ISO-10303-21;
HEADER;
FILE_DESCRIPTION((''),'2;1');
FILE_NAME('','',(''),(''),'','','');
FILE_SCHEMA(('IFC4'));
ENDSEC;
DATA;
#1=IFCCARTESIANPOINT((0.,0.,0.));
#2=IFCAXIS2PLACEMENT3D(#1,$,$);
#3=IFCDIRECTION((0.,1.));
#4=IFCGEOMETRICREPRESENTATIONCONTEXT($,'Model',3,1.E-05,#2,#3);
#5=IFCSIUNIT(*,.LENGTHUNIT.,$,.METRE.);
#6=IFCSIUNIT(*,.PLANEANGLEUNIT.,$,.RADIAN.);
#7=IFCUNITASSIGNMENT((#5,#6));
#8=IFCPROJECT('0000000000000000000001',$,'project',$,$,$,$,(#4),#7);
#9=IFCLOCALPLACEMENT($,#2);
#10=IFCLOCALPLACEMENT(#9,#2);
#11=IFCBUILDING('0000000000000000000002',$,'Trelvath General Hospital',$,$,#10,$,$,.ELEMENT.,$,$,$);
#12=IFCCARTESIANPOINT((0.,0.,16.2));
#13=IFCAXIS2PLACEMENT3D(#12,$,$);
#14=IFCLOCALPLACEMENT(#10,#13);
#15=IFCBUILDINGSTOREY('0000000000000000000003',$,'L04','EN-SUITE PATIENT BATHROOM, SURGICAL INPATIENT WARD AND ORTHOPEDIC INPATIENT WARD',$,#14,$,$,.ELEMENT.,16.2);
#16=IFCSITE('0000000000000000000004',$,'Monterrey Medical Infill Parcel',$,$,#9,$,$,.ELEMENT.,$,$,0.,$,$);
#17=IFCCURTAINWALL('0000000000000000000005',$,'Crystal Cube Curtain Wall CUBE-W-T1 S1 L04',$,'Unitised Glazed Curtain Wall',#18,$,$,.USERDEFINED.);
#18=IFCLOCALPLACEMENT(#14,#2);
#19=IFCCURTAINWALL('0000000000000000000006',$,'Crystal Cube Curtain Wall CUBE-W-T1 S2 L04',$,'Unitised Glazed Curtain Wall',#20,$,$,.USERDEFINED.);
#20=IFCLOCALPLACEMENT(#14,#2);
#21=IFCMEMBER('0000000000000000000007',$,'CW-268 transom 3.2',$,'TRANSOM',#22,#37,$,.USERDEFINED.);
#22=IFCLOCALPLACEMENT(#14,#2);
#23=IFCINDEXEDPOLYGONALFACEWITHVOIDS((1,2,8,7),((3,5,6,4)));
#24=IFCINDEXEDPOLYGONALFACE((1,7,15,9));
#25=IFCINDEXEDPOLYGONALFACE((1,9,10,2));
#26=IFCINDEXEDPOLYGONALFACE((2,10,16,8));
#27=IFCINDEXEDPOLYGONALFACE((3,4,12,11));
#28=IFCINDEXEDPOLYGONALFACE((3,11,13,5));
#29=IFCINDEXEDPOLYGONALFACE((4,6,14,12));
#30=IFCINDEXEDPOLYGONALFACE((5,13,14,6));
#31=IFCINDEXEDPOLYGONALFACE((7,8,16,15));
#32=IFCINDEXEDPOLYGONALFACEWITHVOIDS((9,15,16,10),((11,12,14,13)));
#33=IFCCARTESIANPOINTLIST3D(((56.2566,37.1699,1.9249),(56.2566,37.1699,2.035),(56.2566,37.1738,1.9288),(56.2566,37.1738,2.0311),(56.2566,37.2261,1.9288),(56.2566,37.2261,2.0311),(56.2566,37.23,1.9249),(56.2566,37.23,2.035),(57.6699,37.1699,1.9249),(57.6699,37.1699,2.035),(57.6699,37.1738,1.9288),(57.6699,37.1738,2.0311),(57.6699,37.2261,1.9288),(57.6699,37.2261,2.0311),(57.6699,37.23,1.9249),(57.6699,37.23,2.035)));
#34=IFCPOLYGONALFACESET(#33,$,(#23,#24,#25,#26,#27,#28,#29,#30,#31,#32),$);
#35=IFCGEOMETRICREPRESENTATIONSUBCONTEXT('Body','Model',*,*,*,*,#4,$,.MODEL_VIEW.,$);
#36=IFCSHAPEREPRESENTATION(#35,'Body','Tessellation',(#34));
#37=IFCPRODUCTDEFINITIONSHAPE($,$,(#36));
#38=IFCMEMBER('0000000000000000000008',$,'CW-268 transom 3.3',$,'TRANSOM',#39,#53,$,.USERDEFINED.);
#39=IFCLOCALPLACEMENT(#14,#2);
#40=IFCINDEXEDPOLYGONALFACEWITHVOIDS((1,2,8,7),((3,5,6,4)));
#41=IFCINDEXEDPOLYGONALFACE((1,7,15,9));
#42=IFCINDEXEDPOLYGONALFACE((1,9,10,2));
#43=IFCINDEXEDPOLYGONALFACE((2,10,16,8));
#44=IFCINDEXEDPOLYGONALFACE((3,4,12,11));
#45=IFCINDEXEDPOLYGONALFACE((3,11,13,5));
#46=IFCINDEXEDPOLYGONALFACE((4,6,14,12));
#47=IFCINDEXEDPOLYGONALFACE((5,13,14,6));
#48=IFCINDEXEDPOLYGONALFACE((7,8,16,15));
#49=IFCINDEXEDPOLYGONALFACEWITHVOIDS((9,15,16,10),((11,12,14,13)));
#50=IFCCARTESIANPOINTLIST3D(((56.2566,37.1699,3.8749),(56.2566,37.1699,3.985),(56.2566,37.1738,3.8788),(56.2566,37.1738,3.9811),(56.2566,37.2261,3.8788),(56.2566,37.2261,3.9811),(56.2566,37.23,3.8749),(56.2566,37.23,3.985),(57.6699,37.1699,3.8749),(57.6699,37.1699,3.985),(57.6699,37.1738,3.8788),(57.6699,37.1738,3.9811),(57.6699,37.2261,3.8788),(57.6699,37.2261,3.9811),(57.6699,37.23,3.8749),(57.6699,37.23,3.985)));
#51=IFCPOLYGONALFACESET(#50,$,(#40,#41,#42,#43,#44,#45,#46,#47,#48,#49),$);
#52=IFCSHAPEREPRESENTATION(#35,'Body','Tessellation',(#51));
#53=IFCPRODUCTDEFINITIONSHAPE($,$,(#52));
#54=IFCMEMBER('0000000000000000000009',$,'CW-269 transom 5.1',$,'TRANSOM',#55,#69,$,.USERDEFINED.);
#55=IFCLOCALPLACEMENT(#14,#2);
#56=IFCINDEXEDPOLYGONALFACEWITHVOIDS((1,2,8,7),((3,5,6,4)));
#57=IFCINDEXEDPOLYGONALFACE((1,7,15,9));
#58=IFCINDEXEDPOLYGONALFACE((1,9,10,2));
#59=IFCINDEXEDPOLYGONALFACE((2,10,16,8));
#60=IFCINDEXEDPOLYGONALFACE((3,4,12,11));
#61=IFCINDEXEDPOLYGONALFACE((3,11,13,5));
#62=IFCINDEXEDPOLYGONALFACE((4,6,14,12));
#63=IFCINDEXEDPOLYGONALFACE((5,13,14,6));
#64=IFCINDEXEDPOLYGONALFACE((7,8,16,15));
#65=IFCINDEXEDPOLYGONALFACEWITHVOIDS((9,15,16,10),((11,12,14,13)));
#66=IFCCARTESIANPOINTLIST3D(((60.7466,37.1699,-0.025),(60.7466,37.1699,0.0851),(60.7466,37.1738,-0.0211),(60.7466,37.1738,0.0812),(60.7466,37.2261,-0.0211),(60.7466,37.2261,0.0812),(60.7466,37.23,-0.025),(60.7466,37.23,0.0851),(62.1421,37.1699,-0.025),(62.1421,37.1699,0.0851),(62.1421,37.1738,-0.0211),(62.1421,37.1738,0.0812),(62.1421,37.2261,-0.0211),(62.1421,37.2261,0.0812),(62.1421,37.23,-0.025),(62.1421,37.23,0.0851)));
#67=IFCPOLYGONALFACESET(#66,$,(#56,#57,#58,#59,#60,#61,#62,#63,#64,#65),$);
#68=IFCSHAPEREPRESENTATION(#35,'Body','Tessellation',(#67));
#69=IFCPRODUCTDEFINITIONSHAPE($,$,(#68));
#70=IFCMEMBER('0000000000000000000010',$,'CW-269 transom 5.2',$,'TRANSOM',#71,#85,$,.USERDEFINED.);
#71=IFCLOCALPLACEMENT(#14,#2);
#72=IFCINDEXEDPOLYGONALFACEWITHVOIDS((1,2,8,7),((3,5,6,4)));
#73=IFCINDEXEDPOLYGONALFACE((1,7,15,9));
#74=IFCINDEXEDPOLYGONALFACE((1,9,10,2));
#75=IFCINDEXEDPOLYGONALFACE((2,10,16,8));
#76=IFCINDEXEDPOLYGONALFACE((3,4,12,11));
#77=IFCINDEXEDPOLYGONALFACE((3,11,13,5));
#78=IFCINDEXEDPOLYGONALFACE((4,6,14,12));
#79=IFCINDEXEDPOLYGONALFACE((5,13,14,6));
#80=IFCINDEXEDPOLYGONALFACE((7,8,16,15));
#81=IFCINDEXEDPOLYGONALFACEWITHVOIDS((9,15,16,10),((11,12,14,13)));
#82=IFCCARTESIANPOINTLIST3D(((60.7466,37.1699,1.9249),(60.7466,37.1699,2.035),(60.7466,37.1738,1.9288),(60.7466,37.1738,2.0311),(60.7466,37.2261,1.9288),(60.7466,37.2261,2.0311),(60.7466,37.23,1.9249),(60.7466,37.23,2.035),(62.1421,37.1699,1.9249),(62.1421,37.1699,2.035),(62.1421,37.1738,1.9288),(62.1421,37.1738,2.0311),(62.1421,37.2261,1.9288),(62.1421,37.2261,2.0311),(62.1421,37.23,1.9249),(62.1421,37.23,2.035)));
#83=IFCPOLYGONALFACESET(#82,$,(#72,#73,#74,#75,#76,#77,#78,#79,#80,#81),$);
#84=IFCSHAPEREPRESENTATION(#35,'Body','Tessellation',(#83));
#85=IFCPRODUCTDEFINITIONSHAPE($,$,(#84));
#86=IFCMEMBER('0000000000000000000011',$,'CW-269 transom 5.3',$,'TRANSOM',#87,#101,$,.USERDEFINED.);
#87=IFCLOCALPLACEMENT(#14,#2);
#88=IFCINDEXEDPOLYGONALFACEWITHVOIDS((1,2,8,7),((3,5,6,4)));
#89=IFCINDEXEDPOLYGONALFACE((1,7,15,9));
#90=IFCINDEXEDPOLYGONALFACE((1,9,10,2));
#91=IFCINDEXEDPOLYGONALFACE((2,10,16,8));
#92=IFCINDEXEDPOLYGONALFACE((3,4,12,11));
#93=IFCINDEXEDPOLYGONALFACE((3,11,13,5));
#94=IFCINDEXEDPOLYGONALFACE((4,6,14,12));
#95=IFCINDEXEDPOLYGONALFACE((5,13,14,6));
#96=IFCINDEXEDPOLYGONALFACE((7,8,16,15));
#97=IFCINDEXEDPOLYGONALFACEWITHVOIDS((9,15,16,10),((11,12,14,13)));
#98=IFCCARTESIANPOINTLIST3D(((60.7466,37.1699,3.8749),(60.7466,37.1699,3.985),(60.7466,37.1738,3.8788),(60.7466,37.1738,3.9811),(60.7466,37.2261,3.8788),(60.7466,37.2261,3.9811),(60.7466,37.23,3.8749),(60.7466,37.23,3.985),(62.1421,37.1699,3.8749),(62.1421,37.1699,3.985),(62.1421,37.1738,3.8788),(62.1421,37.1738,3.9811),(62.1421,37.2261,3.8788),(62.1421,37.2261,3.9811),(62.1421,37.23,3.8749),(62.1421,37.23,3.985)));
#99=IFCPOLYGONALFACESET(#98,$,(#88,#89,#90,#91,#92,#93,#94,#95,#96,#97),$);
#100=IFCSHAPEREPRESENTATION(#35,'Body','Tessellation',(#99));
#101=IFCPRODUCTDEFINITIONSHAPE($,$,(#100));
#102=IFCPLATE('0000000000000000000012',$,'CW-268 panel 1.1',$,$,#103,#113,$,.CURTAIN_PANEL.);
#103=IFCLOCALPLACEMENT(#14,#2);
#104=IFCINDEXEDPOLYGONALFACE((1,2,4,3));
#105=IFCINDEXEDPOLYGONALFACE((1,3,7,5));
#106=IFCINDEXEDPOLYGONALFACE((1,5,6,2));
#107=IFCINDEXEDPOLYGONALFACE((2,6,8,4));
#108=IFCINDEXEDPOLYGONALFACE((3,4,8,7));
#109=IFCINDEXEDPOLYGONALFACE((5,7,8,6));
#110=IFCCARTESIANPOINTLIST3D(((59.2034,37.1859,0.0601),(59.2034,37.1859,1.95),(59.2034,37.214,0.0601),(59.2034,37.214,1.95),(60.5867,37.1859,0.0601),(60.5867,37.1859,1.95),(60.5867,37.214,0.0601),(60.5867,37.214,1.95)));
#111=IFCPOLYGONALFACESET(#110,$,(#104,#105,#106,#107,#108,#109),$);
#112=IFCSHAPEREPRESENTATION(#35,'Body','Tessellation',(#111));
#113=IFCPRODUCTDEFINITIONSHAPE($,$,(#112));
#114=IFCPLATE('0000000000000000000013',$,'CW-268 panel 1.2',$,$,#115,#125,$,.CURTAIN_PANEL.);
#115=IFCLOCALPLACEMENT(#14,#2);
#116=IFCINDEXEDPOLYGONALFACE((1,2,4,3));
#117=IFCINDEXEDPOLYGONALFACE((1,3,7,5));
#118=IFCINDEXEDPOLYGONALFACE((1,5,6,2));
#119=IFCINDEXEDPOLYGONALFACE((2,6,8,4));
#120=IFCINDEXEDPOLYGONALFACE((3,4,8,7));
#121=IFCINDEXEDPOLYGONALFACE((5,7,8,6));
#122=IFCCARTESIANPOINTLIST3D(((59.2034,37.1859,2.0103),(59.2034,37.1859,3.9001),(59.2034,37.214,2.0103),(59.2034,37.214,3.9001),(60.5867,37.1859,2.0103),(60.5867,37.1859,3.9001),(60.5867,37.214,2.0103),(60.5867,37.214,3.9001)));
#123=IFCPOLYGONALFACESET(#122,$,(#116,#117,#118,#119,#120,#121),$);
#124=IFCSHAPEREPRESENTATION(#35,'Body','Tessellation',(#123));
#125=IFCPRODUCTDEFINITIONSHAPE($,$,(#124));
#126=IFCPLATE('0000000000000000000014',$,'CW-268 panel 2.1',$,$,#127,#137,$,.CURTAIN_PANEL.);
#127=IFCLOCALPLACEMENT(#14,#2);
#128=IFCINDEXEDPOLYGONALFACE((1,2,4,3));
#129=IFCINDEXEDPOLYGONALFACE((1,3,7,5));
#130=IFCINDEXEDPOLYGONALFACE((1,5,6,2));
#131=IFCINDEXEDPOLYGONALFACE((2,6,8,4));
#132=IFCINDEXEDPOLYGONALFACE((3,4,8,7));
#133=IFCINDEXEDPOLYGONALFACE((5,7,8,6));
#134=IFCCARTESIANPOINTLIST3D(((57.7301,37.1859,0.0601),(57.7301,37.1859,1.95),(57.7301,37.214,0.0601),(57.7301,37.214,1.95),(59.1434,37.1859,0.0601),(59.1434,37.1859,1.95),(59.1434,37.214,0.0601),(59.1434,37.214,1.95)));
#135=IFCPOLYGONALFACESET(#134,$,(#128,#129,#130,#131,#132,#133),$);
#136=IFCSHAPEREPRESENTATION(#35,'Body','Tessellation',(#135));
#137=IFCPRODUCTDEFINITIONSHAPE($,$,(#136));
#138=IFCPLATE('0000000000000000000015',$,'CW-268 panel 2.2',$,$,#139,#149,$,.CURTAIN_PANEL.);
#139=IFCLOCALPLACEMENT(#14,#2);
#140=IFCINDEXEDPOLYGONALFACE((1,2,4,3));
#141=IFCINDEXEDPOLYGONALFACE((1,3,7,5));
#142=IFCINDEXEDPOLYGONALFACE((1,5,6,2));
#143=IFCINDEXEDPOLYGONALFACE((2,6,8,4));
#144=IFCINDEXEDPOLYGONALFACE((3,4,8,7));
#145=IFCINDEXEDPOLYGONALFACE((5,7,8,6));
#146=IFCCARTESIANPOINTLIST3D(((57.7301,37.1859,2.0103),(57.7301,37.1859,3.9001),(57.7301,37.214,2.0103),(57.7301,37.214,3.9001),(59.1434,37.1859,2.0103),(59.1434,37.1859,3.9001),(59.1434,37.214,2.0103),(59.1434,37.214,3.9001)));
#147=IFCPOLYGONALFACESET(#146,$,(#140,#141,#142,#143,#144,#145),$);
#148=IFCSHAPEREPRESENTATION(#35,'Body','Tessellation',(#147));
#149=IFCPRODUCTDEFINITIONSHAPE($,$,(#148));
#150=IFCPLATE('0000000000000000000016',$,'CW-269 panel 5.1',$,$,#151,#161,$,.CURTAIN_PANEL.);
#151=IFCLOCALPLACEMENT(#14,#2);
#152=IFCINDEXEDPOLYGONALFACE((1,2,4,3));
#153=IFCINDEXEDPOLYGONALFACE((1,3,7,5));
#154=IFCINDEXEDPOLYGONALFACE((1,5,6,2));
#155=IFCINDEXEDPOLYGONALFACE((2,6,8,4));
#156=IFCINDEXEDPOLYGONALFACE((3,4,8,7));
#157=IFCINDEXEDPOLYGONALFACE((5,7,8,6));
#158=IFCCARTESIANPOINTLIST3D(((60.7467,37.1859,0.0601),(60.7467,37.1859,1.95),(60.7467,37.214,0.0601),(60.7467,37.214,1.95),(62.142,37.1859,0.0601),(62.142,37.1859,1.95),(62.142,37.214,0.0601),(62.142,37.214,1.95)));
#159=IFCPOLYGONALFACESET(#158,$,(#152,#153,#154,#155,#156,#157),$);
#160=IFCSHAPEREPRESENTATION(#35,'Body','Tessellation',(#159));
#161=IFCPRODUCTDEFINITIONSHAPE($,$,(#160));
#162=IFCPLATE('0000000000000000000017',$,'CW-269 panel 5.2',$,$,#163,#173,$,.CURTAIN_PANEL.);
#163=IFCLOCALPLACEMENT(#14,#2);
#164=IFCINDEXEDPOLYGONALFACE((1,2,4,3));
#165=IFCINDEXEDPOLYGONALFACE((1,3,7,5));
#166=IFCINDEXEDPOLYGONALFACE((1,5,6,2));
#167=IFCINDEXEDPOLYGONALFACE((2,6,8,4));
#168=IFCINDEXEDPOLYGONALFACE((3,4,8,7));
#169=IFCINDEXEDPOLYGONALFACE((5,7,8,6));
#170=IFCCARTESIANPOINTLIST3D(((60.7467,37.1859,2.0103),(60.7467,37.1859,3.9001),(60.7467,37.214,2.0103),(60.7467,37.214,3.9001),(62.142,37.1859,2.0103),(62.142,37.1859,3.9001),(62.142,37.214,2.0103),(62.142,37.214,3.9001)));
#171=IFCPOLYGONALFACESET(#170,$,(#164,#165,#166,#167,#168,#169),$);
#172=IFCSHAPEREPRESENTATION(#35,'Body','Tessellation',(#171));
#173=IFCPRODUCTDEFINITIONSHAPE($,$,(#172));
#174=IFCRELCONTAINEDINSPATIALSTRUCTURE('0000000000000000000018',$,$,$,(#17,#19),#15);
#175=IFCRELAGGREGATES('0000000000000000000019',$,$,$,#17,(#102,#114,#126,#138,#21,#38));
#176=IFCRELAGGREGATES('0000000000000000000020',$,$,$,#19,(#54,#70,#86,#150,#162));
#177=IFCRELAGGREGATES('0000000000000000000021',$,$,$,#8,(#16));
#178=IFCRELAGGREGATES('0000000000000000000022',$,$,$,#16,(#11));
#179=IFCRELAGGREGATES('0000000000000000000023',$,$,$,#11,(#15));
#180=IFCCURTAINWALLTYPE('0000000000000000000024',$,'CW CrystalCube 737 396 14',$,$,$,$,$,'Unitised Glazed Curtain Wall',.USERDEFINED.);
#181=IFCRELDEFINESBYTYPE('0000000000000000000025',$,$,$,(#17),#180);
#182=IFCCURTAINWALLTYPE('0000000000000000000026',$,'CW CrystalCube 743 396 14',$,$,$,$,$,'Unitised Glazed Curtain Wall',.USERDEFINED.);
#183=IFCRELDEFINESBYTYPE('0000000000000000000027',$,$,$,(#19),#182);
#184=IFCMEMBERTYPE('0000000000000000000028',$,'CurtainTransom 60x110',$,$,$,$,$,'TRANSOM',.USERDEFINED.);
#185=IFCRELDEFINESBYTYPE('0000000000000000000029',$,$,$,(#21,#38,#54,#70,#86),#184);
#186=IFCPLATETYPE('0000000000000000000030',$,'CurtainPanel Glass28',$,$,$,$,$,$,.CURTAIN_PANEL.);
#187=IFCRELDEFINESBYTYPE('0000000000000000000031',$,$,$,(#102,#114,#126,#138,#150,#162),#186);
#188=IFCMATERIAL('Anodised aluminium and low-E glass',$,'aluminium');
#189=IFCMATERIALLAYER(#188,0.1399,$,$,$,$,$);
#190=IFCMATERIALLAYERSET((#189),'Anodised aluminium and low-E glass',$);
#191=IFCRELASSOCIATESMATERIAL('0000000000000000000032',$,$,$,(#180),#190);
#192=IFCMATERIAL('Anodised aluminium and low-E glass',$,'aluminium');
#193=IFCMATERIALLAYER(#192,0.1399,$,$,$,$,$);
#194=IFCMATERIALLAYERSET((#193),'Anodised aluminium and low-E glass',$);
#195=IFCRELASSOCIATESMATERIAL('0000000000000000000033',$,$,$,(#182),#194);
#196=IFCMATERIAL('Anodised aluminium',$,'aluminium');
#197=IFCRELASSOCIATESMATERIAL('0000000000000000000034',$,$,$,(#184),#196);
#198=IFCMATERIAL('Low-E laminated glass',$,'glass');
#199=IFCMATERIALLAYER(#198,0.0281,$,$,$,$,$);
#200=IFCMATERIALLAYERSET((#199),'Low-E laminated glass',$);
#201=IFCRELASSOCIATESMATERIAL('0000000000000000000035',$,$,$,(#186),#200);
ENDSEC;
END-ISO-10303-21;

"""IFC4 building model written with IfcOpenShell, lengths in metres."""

from ifc_helpers import new_model, si_unit, direction, frame, origin, origin_2d, place, context, subcontext, project, spatial, rectangle, hollow_rectangle, extrude, material, layer, layer_set, material_profile, profile_set, type_object, element, aggregate, save


model = new_model("IFC4")

# Units and contexts
model_context = context("Model", 3, precision=1e-05, world=origin(), true_north=direction((0.0, 1.0)))
body_context = subcontext(model_context, "Body", "Model", "MODEL_VIEW")
ifc_project = project(units=[si_unit("LENGTHUNIT", "METRE"), si_unit("PLANEANGLEUNIT", "RADIAN")], contexts=[model_context])

# Site, building, storey
site_placement = place(None, origin())
site = spatial("IfcSite", under=ifc_project, at=site_placement, Name="Monterrey Medical Infill Parcel", CompositionType="ELEMENT", RefElevation=0.0)
building_placement = place(site_placement, origin())
building = spatial("IfcBuilding", under=site, at=building_placement, Name="Trelvath General Hospital", CompositionType="ELEMENT")
storey_placement = place(building_placement, frame((0.0, 0.0, 16.2)))
storey = spatial("IfcBuildingStorey", under=building, at=storey_placement, Name="L04", Description="EN-SUITE PATIENT BATHROOM, SURGICAL INPATIENT WARD AND ORTHOPEDIC INPATIENT WARD", CompositionType="ELEMENT", Elevation=16.2)

# Curtain wall
ifc_material_1 = material(Name="Anodised aluminium and low-E glass", Category="aluminium")
ifc_layer_1 = layer(ifc_material_1, 0.1399)
ifc_layer_set_1 = layer_set([ifc_layer_1], Name="Anodised aluminium and low-E glass")
curtain_wall_type_1 = type_object("IfcCurtainWallType", Name="CW CrystalCube 737 396 14", ElementType="Unitised Glazed Curtain Wall", PredefinedType="USERDEFINED", material=ifc_layer_set_1)
curtain_wall_1_placement = place(storey_placement, origin())
curtain_wall_1 = element("IfcCurtainWall", 1, at=curtain_wall_1_placement, inside=storey, type_object=curtain_wall_type_1, Name="Crystal Cube Curtain Wall CUBE-W-T1 S1 L04", ObjectType="Unitised Glazed Curtain Wall", PredefinedType="USERDEFINED")

# Curtain wall
ifc_material_2 = material(Name="Anodised aluminium and low-E glass", Category="aluminium")
ifc_layer_2 = layer(ifc_material_2, 0.1399)
ifc_layer_set_2 = layer_set([ifc_layer_2], Name="Anodised aluminium and low-E glass")
curtain_wall_type_2 = type_object("IfcCurtainWallType", Name="CW CrystalCube 743 396 14", ElementType="Unitised Glazed Curtain Wall", PredefinedType="USERDEFINED", material=ifc_layer_set_2)
curtain_wall_2_placement = place(storey_placement, origin())
curtain_wall_2 = element("IfcCurtainWall", 2, at=curtain_wall_2_placement, inside=storey, type_object=curtain_wall_type_2, Name="Crystal Cube Curtain Wall CUBE-W-T1 S2 L04", ObjectType="Unitised Glazed Curtain Wall", PredefinedType="USERDEFINED")

# Members
ifc_material_3 = material(Name="Anodised aluminium", Category="aluminium")
ifc_material_profile_1 = material_profile(ifc_material_3, hollow_rectangle(XDim=0.0601, YDim=0.1101, WallThickness=0.0039, at=origin_2d()), Name="RHS60x110x4")
ifc_profile_set_1 = profile_set([ifc_material_profile_1], Name="Anodised aluminium")
member_type_1 = type_object("IfcMemberType", Name="CurtainTransom 60x110", ElementType="TRANSOM", PredefinedType="USERDEFINED", material=ifc_profile_set_1)
member_1_placement = place(storey_placement, frame((57.6699, 37.2, 1.98), z_axis=(-1.0, 0.0, 0.0), x_axis=(0.0, -1.0, 0.0)))
member_1 = element("IfcMember", 3, at=member_1_placement, type_object=member_type_1, Name="CW-268 transom 3.2", ObjectType="TRANSOM", PredefinedType="USERDEFINED", context=body_context, shape_type="SweptSolid", body=[
    extrude(hollow_rectangle(XDim=0.0601, YDim=0.1101, WallThickness=0.0039, at=origin_2d()), origin(), (0.0, 0.0, 1.0), 1.4133),
])
member_2_placement = place(storey_placement, frame((57.6699, 37.2, 3.9299), z_axis=(-1.0, 0.0, 0.0), x_axis=(0.0, -1.0, 0.0)))
member_2 = element("IfcMember", 4, at=member_2_placement, type_object=member_type_1, Name="CW-268 transom 3.3", ObjectType="TRANSOM", PredefinedType="USERDEFINED", context=body_context, shape_type="SweptSolid", body=[
    extrude(hollow_rectangle(XDim=0.0601, YDim=0.1101, WallThickness=0.0039, at=origin_2d()), origin(), (0.0, 0.0, 1.0), 1.4133),
])
member_3_placement = place(storey_placement, frame((62.1421, 37.2, 0.03), z_axis=(-1.0, 0.0, 0.0), x_axis=(0.0, -1.0, 0.0)))
member_3 = element("IfcMember", 5, at=member_3_placement, type_object=member_type_1, Name="CW-269 transom 5.1", ObjectType="TRANSOM", PredefinedType="USERDEFINED", context=body_context, shape_type="SweptSolid", body=[
    extrude(hollow_rectangle(XDim=0.0601, YDim=0.1101, WallThickness=0.0039, at=origin_2d()), origin(), (0.0, 0.0, 1.0), 1.3955),
])
member_4_placement = place(storey_placement, frame((62.1421, 37.2, 1.98), z_axis=(-1.0, 0.0, 0.0), x_axis=(0.0, -1.0, 0.0)))
member_4 = element("IfcMember", 6, at=member_4_placement, type_object=member_type_1, Name="CW-269 transom 5.2", ObjectType="TRANSOM", PredefinedType="USERDEFINED", context=body_context, shape_type="SweptSolid", body=[
    extrude(hollow_rectangle(XDim=0.0601, YDim=0.1101, WallThickness=0.0039, at=origin_2d()), origin(), (0.0, 0.0, 1.0), 1.3955),
])
member_5_placement = place(storey_placement, frame((62.1421, 37.2, 3.9299), z_axis=(-1.0, 0.0, 0.0), x_axis=(0.0, -1.0, 0.0)))
member_5 = element("IfcMember", 7, at=member_5_placement, type_object=member_type_1, Name="CW-269 transom 5.3", ObjectType="TRANSOM", PredefinedType="USERDEFINED", context=body_context, shape_type="SweptSolid", body=[
    extrude(hollow_rectangle(XDim=0.0601, YDim=0.1101, WallThickness=0.0039, at=origin_2d()), origin(), (0.0, 0.0, 1.0), 1.3955),
])

# Plates
ifc_material_4 = material(Name="Low-E laminated glass", Category="glass")
ifc_layer_3 = layer(ifc_material_4, 0.0281)
ifc_layer_set_3 = layer_set([ifc_layer_3], Name="Low-E laminated glass")
plate_type = type_object("IfcPlateType", Name="CurtainPanel Glass28", PredefinedType="CURTAIN_PANEL", material=ifc_layer_set_3)
plate_1_placement = place(storey_placement, frame((59.895, 37.2, 0.0601), z_axis=(0.0, 0.0, 1.0), x_axis=(-1.0, 0.0, 0.0)))
plate_1 = element("IfcPlate", 8, at=plate_1_placement, type_object=plate_type, Name="CW-268 panel 1.1", PredefinedType="CURTAIN_PANEL", context=body_context, shape_type="SweptSolid", body=[
    extrude(rectangle(XDim=1.3833, YDim=0.0281, at=origin_2d()), origin(), (0.0, 0.0, 1.0), 1.8899),
])
plate_2_placement = place(storey_placement, frame((59.895, 37.2, 2.0103), z_axis=(0.0, 0.0, 1.0), x_axis=(-1.0, 0.0, 0.0)))
plate_2 = element("IfcPlate", 9, at=plate_2_placement, type_object=plate_type, Name="CW-268 panel 1.2", PredefinedType="CURTAIN_PANEL", context=body_context, shape_type="SweptSolid", body=[
    extrude(rectangle(XDim=1.3833, YDim=0.0281, at=origin_2d()), origin(), (0.0, 0.0, 1.0), 1.8899),
])
plate_3_placement = place(storey_placement, frame((58.4368, 37.2, 0.0601), z_axis=(0.0, 0.0, 1.0), x_axis=(-1.0, 0.0, 0.0)))
plate_3 = element("IfcPlate", 10, at=plate_3_placement, type_object=plate_type, Name="CW-268 panel 2.1", PredefinedType="CURTAIN_PANEL", context=body_context, shape_type="SweptSolid", body=[
    extrude(rectangle(XDim=1.4133, YDim=0.0281, at=origin_2d()), origin(), (0.0, 0.0, 1.0), 1.8899),
])
plate_4_placement = place(storey_placement, frame((58.4368, 37.2, 2.0103), z_axis=(0.0, 0.0, 1.0), x_axis=(-1.0, 0.0, 0.0)))
plate_4 = element("IfcPlate", 11, at=plate_4_placement, type_object=plate_type, Name="CW-268 panel 2.2", PredefinedType="CURTAIN_PANEL", context=body_context, shape_type="SweptSolid", body=[
    extrude(rectangle(XDim=1.4133, YDim=0.0281, at=origin_2d()), origin(), (0.0, 0.0, 1.0), 1.8899),
])
aggregate(curtain_wall_1, [plate_1, plate_2, plate_3, plate_4, member_1, member_2])
plate_5_placement = place(storey_placement, frame((61.4443, 37.2, 0.0601), z_axis=(0.0, 0.0, 1.0), x_axis=(-1.0, 0.0, 0.0)))
plate_5 = element("IfcPlate", 12, at=plate_5_placement, type_object=plate_type, Name="CW-269 panel 5.1", PredefinedType="CURTAIN_PANEL", context=body_context, shape_type="SweptSolid", body=[
    extrude(rectangle(XDim=1.3953, YDim=0.0281, at=origin_2d()), origin(), (0.0, 0.0, 1.0), 1.8899),
])
plate_6_placement = place(storey_placement, frame((61.4443, 37.2, 2.0103), z_axis=(0.0, 0.0, 1.0), x_axis=(-1.0, 0.0, 0.0)))
plate_6 = element("IfcPlate", 13, at=plate_6_placement, type_object=plate_type, Name="CW-269 panel 5.2", PredefinedType="CURTAIN_PANEL", context=body_context, shape_type="SweptSolid", body=[
    extrude(rectangle(XDim=1.3953, YDim=0.0281, at=origin_2d()), origin(), (0.0, 0.0, 1.0), 1.8899),
])
aggregate(curtain_wall_2, [member_3, member_4, member_5, plate_5, plate_6])

save(model, "model.ifc")
